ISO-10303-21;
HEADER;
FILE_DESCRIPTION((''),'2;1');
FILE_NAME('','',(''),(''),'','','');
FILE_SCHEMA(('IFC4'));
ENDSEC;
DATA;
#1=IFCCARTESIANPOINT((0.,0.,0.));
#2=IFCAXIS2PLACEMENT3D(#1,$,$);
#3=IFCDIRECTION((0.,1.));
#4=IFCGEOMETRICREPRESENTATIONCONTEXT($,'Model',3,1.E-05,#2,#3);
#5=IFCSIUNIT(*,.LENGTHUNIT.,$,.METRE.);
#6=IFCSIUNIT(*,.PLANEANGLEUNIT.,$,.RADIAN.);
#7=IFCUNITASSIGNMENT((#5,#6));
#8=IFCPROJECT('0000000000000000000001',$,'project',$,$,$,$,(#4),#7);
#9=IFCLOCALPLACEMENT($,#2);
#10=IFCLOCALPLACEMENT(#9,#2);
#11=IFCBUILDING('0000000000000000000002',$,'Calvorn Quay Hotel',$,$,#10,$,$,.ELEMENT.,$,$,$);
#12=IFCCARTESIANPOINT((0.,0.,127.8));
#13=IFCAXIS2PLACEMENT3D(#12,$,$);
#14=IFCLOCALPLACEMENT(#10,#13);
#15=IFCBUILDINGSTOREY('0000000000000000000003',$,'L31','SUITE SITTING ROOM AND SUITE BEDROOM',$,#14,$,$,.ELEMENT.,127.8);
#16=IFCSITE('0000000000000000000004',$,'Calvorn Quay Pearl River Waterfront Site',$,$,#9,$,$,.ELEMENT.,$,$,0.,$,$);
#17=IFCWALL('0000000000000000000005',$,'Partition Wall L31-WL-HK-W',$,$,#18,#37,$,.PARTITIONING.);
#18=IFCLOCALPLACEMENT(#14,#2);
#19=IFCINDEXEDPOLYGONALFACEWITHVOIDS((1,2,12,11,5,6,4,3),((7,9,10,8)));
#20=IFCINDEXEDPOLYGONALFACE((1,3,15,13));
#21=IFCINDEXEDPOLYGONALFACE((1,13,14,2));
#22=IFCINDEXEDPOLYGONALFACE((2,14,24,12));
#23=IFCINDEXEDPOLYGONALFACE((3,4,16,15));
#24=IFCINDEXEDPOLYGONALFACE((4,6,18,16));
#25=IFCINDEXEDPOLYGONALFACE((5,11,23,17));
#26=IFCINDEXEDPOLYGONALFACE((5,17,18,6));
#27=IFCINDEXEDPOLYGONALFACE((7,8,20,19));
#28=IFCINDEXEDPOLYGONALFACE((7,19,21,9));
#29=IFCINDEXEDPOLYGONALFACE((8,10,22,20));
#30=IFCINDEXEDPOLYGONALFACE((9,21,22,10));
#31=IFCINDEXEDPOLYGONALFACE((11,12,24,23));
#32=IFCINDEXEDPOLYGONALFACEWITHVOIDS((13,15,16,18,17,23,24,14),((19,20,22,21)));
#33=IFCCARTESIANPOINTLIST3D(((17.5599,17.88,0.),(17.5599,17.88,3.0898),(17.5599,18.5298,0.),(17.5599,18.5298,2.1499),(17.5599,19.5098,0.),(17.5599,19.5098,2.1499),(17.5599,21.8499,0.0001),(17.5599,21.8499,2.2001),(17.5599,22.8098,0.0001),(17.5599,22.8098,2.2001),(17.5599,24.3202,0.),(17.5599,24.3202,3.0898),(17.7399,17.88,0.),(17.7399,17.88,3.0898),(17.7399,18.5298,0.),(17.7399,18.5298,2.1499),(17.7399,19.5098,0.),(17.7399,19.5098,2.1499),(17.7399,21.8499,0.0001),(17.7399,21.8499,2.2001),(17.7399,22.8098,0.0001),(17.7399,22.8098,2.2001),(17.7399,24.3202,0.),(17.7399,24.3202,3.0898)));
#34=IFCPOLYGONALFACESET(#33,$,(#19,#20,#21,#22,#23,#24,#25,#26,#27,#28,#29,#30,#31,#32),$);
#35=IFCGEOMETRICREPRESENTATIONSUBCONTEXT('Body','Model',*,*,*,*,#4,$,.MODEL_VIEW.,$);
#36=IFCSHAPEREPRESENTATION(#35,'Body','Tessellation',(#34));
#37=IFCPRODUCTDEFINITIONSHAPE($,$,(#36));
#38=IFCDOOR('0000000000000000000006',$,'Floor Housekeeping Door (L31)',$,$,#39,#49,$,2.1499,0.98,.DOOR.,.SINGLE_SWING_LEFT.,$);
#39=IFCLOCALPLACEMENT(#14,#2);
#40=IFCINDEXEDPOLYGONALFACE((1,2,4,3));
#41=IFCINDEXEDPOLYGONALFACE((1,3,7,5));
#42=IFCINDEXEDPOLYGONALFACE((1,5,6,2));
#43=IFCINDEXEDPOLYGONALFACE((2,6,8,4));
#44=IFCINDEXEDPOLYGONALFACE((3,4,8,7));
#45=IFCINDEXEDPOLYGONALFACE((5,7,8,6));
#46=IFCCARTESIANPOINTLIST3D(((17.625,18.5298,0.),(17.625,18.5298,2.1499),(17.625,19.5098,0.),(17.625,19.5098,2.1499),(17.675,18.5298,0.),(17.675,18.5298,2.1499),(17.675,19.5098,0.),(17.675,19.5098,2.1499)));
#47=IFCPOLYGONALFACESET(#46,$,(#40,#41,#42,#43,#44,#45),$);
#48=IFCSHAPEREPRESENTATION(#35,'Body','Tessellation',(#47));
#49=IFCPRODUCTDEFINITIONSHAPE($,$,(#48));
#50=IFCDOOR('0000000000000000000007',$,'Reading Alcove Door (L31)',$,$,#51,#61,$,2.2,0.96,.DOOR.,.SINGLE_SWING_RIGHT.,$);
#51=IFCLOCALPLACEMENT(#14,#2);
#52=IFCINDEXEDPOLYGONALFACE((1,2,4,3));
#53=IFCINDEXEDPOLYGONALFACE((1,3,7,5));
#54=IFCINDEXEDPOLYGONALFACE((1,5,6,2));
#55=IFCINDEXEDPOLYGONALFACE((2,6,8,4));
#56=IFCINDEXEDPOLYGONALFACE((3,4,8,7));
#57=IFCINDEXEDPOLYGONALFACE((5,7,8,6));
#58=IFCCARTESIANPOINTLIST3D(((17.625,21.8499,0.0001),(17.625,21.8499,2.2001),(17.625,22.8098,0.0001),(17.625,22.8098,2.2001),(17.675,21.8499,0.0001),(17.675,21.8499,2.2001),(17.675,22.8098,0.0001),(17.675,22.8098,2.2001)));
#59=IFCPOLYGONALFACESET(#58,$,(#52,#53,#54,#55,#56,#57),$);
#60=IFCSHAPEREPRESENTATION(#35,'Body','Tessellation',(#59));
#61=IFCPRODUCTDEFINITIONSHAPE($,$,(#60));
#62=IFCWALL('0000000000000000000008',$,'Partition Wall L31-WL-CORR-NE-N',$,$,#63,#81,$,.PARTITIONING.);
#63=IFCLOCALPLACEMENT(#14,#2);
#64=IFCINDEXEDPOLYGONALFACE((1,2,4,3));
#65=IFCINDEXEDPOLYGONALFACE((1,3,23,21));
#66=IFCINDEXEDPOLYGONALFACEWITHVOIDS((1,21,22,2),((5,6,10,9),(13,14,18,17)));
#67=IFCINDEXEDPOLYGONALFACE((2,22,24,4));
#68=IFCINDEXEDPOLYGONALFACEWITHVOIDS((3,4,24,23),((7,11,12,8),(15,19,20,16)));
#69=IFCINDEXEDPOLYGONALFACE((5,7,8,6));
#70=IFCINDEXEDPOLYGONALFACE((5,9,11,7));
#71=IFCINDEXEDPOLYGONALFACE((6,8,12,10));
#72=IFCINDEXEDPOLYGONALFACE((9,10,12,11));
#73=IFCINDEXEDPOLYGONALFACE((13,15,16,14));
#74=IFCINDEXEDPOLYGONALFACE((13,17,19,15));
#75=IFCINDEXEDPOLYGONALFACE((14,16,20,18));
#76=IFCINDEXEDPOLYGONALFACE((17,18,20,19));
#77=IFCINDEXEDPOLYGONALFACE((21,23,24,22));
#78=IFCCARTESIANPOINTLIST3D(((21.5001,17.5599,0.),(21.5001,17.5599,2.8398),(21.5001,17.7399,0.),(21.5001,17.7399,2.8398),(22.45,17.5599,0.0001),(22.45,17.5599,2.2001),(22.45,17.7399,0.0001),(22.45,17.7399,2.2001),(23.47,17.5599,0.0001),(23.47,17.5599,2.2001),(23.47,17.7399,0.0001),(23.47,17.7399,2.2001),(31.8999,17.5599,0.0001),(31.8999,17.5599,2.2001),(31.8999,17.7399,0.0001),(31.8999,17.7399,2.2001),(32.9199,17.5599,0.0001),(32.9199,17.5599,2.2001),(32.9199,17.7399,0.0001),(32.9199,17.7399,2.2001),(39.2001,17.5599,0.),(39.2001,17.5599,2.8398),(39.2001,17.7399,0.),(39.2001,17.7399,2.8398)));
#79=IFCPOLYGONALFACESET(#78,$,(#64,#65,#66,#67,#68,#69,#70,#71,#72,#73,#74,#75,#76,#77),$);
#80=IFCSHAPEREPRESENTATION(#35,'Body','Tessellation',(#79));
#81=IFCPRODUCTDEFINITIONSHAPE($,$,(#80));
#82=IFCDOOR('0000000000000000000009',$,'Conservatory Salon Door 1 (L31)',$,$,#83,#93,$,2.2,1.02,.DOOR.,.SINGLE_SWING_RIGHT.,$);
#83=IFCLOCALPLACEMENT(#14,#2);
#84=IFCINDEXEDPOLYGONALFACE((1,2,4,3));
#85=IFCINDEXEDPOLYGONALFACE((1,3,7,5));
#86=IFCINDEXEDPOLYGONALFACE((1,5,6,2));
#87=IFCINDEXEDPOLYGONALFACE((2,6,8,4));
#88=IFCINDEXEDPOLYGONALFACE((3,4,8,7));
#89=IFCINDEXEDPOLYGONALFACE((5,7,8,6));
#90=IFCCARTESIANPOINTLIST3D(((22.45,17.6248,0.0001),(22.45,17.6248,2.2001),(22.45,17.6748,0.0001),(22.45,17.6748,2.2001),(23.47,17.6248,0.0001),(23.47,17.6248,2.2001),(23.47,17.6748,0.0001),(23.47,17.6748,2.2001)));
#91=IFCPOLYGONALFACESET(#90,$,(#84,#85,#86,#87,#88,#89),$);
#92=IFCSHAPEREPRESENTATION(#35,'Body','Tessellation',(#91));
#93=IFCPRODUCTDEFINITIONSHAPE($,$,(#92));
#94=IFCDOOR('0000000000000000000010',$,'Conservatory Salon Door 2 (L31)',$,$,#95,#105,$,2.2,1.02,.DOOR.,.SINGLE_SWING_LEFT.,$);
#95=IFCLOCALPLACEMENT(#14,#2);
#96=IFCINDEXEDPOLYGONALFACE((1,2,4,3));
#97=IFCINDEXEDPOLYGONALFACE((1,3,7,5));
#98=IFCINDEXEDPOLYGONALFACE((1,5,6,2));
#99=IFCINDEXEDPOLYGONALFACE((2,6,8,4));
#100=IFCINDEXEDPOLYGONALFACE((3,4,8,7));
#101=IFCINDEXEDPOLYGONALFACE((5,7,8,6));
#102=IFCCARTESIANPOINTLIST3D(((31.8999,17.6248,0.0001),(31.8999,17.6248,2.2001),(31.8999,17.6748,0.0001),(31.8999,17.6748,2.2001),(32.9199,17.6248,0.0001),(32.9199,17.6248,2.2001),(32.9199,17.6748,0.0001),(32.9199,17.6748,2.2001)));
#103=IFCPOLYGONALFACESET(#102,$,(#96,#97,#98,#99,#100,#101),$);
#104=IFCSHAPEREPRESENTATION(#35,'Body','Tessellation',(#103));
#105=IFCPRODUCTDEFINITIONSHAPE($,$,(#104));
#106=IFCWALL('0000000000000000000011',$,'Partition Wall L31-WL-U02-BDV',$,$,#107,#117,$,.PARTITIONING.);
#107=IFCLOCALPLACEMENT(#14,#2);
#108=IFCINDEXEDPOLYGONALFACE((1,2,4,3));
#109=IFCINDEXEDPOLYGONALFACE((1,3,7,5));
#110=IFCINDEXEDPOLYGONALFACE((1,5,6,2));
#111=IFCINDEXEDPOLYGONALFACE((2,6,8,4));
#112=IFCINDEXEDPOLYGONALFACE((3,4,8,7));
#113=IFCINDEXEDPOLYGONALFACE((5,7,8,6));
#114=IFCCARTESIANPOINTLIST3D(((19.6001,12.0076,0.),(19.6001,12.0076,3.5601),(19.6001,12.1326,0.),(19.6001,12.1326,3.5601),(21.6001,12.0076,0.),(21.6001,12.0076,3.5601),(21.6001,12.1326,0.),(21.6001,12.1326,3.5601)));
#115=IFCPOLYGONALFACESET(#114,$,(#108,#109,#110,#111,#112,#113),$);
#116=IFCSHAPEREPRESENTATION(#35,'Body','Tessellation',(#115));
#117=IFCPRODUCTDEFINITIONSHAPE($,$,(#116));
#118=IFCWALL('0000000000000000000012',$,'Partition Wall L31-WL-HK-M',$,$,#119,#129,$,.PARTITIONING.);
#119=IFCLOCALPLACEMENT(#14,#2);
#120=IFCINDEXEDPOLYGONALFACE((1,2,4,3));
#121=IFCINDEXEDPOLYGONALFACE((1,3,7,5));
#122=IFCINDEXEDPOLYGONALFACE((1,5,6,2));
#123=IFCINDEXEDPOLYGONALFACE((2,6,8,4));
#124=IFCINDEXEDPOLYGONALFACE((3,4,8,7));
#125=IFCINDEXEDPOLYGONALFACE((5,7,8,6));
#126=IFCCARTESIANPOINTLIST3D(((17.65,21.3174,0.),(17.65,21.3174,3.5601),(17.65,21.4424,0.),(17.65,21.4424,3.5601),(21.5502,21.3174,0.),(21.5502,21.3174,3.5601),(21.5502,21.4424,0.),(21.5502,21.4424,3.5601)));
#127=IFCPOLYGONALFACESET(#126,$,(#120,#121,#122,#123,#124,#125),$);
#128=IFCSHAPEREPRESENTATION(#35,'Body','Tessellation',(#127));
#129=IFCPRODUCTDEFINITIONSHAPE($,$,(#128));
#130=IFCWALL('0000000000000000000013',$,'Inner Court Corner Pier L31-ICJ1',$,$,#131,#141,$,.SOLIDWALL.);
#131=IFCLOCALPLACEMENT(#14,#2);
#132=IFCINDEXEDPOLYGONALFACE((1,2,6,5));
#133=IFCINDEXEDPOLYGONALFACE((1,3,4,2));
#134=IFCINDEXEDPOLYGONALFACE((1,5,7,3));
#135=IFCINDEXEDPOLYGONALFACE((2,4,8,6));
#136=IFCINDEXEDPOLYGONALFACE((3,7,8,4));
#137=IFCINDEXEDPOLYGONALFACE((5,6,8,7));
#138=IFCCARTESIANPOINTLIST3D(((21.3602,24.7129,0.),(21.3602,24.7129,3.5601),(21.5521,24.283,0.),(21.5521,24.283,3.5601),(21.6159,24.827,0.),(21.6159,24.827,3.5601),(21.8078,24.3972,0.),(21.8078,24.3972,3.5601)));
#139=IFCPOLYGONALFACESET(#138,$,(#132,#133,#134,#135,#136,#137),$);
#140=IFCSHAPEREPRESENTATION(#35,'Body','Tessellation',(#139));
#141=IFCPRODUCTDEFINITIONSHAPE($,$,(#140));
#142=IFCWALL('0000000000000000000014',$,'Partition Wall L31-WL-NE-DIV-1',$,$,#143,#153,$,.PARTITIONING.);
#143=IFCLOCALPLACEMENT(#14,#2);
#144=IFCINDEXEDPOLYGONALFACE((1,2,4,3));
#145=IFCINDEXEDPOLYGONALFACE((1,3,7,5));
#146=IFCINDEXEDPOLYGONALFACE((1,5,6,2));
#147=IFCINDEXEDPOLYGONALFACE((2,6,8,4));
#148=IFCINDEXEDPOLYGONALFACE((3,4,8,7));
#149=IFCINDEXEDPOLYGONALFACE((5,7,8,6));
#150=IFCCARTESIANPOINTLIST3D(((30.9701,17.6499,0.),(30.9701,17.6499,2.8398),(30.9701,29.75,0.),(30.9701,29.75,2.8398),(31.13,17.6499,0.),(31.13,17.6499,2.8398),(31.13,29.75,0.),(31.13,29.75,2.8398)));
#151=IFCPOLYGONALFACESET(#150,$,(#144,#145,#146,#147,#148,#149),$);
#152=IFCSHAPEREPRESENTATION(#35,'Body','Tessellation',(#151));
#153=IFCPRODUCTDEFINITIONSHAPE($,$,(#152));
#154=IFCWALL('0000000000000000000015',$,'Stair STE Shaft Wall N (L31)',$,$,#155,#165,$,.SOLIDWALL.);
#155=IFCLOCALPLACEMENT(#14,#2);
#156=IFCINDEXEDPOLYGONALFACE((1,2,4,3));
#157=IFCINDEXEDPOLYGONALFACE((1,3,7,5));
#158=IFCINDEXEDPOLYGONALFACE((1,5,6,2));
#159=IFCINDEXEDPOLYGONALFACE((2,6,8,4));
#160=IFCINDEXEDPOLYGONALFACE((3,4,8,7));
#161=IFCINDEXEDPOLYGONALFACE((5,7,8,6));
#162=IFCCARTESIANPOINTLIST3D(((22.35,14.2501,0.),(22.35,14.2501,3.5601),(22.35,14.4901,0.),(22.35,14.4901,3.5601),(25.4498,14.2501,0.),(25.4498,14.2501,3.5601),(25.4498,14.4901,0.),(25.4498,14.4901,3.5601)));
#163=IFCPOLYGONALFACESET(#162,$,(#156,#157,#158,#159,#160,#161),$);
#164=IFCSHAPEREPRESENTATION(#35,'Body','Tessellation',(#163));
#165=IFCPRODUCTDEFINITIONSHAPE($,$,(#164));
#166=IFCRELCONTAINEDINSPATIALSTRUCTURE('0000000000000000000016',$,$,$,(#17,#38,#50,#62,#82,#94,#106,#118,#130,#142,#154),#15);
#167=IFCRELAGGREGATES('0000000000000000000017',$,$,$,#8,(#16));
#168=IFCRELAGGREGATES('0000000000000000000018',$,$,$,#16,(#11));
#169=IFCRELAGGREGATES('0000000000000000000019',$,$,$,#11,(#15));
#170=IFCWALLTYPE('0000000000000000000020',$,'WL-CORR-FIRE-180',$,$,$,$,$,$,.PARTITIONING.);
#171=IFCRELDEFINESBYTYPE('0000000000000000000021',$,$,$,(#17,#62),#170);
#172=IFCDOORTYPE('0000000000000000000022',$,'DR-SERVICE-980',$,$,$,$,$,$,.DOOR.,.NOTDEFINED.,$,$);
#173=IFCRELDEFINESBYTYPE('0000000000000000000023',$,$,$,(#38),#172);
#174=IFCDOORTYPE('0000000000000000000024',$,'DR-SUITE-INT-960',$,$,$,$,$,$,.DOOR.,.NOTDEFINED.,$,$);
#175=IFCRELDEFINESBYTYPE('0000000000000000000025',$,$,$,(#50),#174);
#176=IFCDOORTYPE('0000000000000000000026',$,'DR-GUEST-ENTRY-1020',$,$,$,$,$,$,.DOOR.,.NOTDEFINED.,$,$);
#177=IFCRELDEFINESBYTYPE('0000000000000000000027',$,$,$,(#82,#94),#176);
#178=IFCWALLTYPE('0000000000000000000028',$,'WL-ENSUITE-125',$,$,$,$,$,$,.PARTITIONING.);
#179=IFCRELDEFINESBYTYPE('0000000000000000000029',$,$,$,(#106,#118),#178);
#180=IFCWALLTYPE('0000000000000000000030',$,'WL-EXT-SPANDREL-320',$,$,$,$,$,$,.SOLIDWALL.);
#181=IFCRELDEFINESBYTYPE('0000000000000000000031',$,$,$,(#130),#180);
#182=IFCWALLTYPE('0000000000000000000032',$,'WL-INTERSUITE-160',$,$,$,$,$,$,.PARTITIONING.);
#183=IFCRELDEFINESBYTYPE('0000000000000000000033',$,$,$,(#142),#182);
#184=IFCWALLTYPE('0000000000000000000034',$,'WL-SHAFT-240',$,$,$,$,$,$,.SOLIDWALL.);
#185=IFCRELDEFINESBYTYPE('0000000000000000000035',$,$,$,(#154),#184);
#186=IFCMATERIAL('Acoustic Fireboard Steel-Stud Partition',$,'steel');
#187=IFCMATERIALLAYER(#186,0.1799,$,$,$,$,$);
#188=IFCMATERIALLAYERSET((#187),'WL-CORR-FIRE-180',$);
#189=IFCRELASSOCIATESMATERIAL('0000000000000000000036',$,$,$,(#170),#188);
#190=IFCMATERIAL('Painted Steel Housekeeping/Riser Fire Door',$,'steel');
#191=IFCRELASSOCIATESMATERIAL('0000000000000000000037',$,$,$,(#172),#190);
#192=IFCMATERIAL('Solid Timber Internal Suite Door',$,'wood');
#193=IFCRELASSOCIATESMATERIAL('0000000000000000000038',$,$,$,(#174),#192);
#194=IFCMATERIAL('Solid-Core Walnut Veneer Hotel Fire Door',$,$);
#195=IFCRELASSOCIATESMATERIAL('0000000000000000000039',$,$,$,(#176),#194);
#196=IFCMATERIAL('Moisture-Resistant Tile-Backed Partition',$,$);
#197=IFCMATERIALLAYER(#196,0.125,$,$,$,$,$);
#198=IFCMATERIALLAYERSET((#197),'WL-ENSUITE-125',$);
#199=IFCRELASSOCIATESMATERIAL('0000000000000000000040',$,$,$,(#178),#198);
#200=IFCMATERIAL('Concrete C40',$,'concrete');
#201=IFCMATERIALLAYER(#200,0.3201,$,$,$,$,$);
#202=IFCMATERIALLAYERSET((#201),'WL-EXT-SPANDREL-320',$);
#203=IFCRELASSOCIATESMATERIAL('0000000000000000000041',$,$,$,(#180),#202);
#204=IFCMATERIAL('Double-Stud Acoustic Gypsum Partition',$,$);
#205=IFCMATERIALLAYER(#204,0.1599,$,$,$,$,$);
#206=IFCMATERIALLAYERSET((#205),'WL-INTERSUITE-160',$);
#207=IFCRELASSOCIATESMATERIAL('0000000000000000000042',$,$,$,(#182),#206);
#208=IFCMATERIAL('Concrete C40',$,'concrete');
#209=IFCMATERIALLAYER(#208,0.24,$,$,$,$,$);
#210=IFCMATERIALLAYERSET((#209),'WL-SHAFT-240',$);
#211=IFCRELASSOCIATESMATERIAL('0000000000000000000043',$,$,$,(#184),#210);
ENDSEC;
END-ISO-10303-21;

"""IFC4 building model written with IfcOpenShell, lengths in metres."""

from ifc_helpers import new_model, si_unit, direction, frame, frame_2d, origin, place, context, subcontext, project, spatial, rectangle, extrude, material, layer, layer_set, type_object, element, fill, save


model = new_model("IFC4")

# Units and contexts
model_context = context("Model", 3, precision=1e-05, world=origin(), true_north=direction((0.0, 1.0)))
body_context = subcontext(model_context, "Body", "Model", "MODEL_VIEW")
ifc_project = project(units=[si_unit("LENGTHUNIT", "METRE"), si_unit("PLANEANGLEUNIT", "RADIAN")], contexts=[model_context])

# Site, building, storey
site_placement = place(None, origin())
site = spatial("IfcSite", under=ifc_project, at=site_placement, Name="Calvorn Quay Pearl River Waterfront Site", CompositionType="ELEMENT", RefElevation=0.0)
building_placement = place(site_placement, origin())
building = spatial("IfcBuilding", under=site, at=building_placement, Name="Calvorn Quay Hotel", CompositionType="ELEMENT")
storey_placement = place(building_placement, frame((0.0, 0.0, 127.8)))
storey = spatial("IfcBuildingStorey", under=building, at=storey_placement, Name="L31", Description="SUITE SITTING ROOM AND SUITE BEDROOM", CompositionType="ELEMENT", Elevation=127.8)

# Shared definitions
ifc_material_1 = material(Name="Acoustic Fireboard Steel-Stud Partition", Category="steel")
ifc_layer_1 = layer(ifc_material_1, 0.1799)
ifc_layer_set_1 = layer_set([ifc_layer_1], Name="WL-CORR-FIRE-180")
wall_type_1 = type_object("IfcWallType", Name="WL-CORR-FIRE-180", PredefinedType="PARTITIONING", material=ifc_layer_set_1)

# Walls, openings, doors
wall_1_placement = place(storey_placement, frame((17.6499, 17.8799, 0.0), z_axis=(0.0, 0.0, 1.0), x_axis=(0.0, 1.0, 0.0)))
wall_1 = element("IfcWall", 1, at=wall_1_placement, inside=storey, type_object=wall_type_1, Name="Partition Wall L31-WL-HK-W", PredefinedType="PARTITIONING", context=body_context, shape_type="SweptSolid", body=[
    extrude(rectangle(XDim=6.4402, YDim=0.1799, at=frame_2d((3.2202, 0.0))), origin(), (0.0, 0.0, 1.0), 3.0898),
])
opening_1_placement = place(wall_1_placement, frame((0.6499, 0.0, 0.0)))
opening_1 = element("IfcOpeningElement", 2, at=opening_1_placement, cuts=wall_1, PredefinedType="OPENING", context=body_context, shape_type="SweptSolid", body=[
    extrude(rectangle(XDim=0.98, YDim=2.1499, at=frame_2d((0.49, 1.075))), frame((0.0, 0.0999, 0.0), z_axis=(0.0, -1.0, 0.0), x_axis=(1.0, 0.0, 0.0)), (0.0, 0.0, 1.0), 0.2),
])
opening_2_placement = place(wall_1_placement, frame((3.97, 0.0, 0.0)))
opening_2 = element("IfcOpeningElement", 3, at=opening_2_placement, cuts=wall_1, PredefinedType="OPENING", context=body_context, shape_type="SweptSolid", body=[
    extrude(rectangle(XDim=0.96, YDim=2.2, at=frame_2d((0.48, 1.1001))), frame((0.0, 0.0999, 0.0), z_axis=(0.0, -1.0, 0.0), x_axis=(1.0, 0.0, 0.0)), (0.0, 0.0, 1.0), 0.2),
])
ifc_material_2 = material(Name="Painted Steel Housekeeping/Riser Fire Door", Category="steel")
door_type_1 = type_object("IfcDoorType", Name="DR-SERVICE-980", OperationType="NOTDEFINED", PredefinedType="DOOR", material=ifc_material_2)
door_1_placement = place(opening_1_placement, origin())
door_1 = element("IfcDoor", 4, at=door_1_placement, inside=storey, type_object=door_type_1, Name="Floor Housekeeping Door (L31)", OperationType="SINGLE_SWING_LEFT", OverallHeight=2.1499, OverallWidth=0.98, PredefinedType="DOOR", context=body_context, shape_type="SweptSolid", body=[
    extrude(rectangle(XDim=0.98, YDim=2.1499, at=frame_2d((0.49, 1.075))), frame((0.0, 0.0249, 0.0), z_axis=(0.0, -1.0, 0.0), x_axis=(1.0, 0.0, 0.0)), (0.0, 0.0, 1.0), 0.05),
])
fill(opening_1, door_1)
ifc_material_3 = material(Name="Solid Timber Internal Suite Door", Category="wood")
door_type_2 = type_object("IfcDoorType", Name="DR-SUITE-INT-960", OperationType="NOTDEFINED", PredefinedType="DOOR", material=ifc_material_3)
door_2_placement = place(opening_2_placement, origin())
door_2 = element("IfcDoor", 5, at=door_2_placement, inside=storey, type_object=door_type_2, Name="Reading Alcove Door (L31)", OperationType="SINGLE_SWING_RIGHT", OverallHeight=2.2, OverallWidth=0.96, PredefinedType="DOOR", context=body_context, shape_type="SweptSolid", body=[
    extrude(rectangle(XDim=0.96, YDim=2.2, at=frame_2d((0.48, 1.1001))), frame((0.0, 0.0249, 0.0), z_axis=(0.0, -1.0, 0.0), x_axis=(1.0, 0.0, 0.0)), (0.0, 0.0, 1.0), 0.05),
])
fill(opening_2, door_2)
wall_2_placement = place(storey_placement, frame((21.5, 17.6499, 0.0), z_axis=(0.0, 0.0, 1.0), x_axis=(1.0, 0.0, 0.0)))
wall_2 = element("IfcWall", 6, at=wall_2_placement, inside=storey, type_object=wall_type_1, Name="Partition Wall L31-WL-CORR-NE-N", PredefinedType="PARTITIONING", context=body_context, shape_type="SweptSolid", body=[
    extrude(rectangle(XDim=17.7, YDim=0.1799, at=frame_2d((8.8501, 0.0))), origin(), (0.0, 0.0, 1.0), 2.8398),
])
opening_3_placement = place(wall_2_placement, frame((0.95, 0.0, 0.0)))
opening_3 = element("IfcOpeningElement", 7, at=opening_3_placement, cuts=wall_2, PredefinedType="OPENING", context=body_context, shape_type="SweptSolid", body=[
    extrude(rectangle(XDim=1.02, YDim=2.2, at=frame_2d((0.51, 1.1001))), frame((0.0, 0.0999, 0.0), z_axis=(0.0, -1.0, 0.0), x_axis=(1.0, 0.0, 0.0)), (0.0, 0.0, 1.0), 0.2),
])
opening_4_placement = place(wall_2_placement, frame((10.3999, 0.0, 0.0)))
opening_4 = element("IfcOpeningElement", 8, at=opening_4_placement, cuts=wall_2, PredefinedType="OPENING", context=body_context, shape_type="SweptSolid", body=[
    extrude(rectangle(XDim=1.02, YDim=2.2, at=frame_2d((0.51, 1.1001))), frame((0.0, 0.0999, 0.0), z_axis=(0.0, -1.0, 0.0), x_axis=(1.0, 0.0, 0.0)), (0.0, 0.0, 1.0), 0.2),
])
ifc_material_4 = material(Name="Solid-Core Walnut Veneer Hotel Fire Door")
door_type_3 = type_object("IfcDoorType", Name="DR-GUEST-ENTRY-1020", OperationType="NOTDEFINED", PredefinedType="DOOR", material=ifc_material_4)
door_3_placement = place(opening_3_placement, origin())
door_3 = element("IfcDoor", 9, at=door_3_placement, inside=storey, type_object=door_type_3, Name="Conservatory Salon Door 1 (L31)", OperationType="SINGLE_SWING_RIGHT", OverallHeight=2.2, OverallWidth=1.02, PredefinedType="DOOR", context=body_context, shape_type="SweptSolid", body=[
    extrude(rectangle(XDim=1.02, YDim=2.2, at=frame_2d((0.51, 1.1001))), frame((0.0, 0.0249, 0.0), z_axis=(0.0, -1.0, 0.0), x_axis=(1.0, 0.0, 0.0)), (0.0, 0.0, 1.0), 0.05),
])
fill(opening_3, door_3)
door_4_placement = place(opening_4_placement, origin())
door_4 = element("IfcDoor", 10, at=door_4_placement, inside=storey, type_object=door_type_3, Name="Conservatory Salon Door 2 (L31)", OperationType="SINGLE_SWING_LEFT", OverallHeight=2.2, OverallWidth=1.02, PredefinedType="DOOR", context=body_context, shape_type="SweptSolid", body=[
    extrude(rectangle(XDim=1.02, YDim=2.2, at=frame_2d((0.51, 1.1001))), frame((0.0, 0.0249, 0.0), z_axis=(0.0, -1.0, 0.0), x_axis=(1.0, 0.0, 0.0)), (0.0, 0.0, 1.0), 0.05),
])
fill(opening_4, door_4)

# Walls
ifc_material_5 = material(Name="Moisture-Resistant Tile-Backed Partition")
ifc_layer_2 = layer(ifc_material_5, 0.125)
ifc_layer_set_2 = layer_set([ifc_layer_2], Name="WL-ENSUITE-125")
wall_type_2 = type_object("IfcWallType", Name="WL-ENSUITE-125", PredefinedType="PARTITIONING", material=ifc_layer_set_2)
wall_3_placement = place(storey_placement, frame((19.6001, 12.0701, 0.0), z_axis=(0.0, 0.0, 1.0), x_axis=(1.0, 0.0, 0.0)))
element("IfcWall", 11, at=wall_3_placement, inside=storey, type_object=wall_type_2, Name="Partition Wall L31-WL-U02-BDV", PredefinedType="PARTITIONING", context=body_context, shape_type="SweptSolid", body=[
    extrude(rectangle(XDim=2.0, YDim=0.125, at=frame_2d((1.0, 0.0))), origin(), (0.0, 0.0, 1.0), 3.5601),
])
wall_4_placement = place(storey_placement, frame((17.6499, 21.3799, 0.0), z_axis=(0.0, 0.0, 1.0), x_axis=(1.0, 0.0, 0.0)))
element("IfcWall", 12, at=wall_4_placement, inside=storey, type_object=wall_type_2, Name="Partition Wall L31-WL-HK-M", PredefinedType="PARTITIONING", context=body_context, shape_type="SweptSolid", body=[
    extrude(rectangle(XDim=3.9001, YDim=0.125, at=frame_2d((1.9502, 0.0))), origin(), (0.0, 0.0, 1.0), 3.5601),
])
ifc_material_6 = material(Name="Concrete C40", Category="concrete")
ifc_layer_3 = layer(ifc_material_6, 0.3201)
ifc_layer_set_3 = layer_set([ifc_layer_3], Name="WL-EXT-SPANDREL-320")
wall_type_3 = type_object("IfcWallType", Name="WL-EXT-SPANDREL-320", PredefinedType="SOLIDWALL", material=ifc_layer_set_3)
wall_5_placement = place(storey_placement, frame((21.6799, 24.3401, 0.0), z_axis=(0.0, 0.0, 1.0), x_axis=(-0.407581, 0.913169, 0.0)))
element("IfcWall", 13, at=wall_5_placement, inside=storey, type_object=wall_type_3, Name="Inner Court Corner Pier L31-ICJ1", PredefinedType="SOLIDWALL", context=body_context, shape_type="SweptSolid", body=[
    extrude(rectangle(XDim=0.4707, YDim=0.28, at=frame_2d((0.2354, 0.0))), origin(), (0.0, 0.0, 1.0), 3.5601),
])
ifc_material_7 = material(Name="Double-Stud Acoustic Gypsum Partition")
ifc_layer_4 = layer(ifc_material_7, 0.1599)
ifc_layer_set_4 = layer_set([ifc_layer_4], Name="WL-INTERSUITE-160")
wall_type_4 = type_object("IfcWallType", Name="WL-INTERSUITE-160", PredefinedType="PARTITIONING", material=ifc_layer_set_4)
wall_6_placement = place(storey_placement, frame((31.05, 17.6499, 0.0), z_axis=(0.0, 0.0, 1.0), x_axis=(0.0, 1.0, 0.0)))
element("IfcWall", 14, at=wall_6_placement, inside=storey, type_object=wall_type_4, Name="Partition Wall L31-WL-NE-DIV-1", PredefinedType="PARTITIONING", context=body_context, shape_type="SweptSolid", body=[
    extrude(rectangle(XDim=12.1001, YDim=0.1599, at=frame_2d((6.05, 0.0))), origin(), (0.0, 0.0, 1.0), 2.8398),
])
ifc_material_8 = material(Name="Concrete C40", Category="concrete")
ifc_layer_5 = layer(ifc_material_8, 0.24)
ifc_layer_set_5 = layer_set([ifc_layer_5], Name="WL-SHAFT-240")
wall_type_5 = type_object("IfcWallType", Name="WL-SHAFT-240", PredefinedType="SOLIDWALL", material=ifc_layer_set_5)
wall_7_placement = place(storey_placement, frame((22.3501, 14.3701, 0.0), z_axis=(0.0, 0.0, 1.0), x_axis=(1.0, 0.0, 0.0)))
element("IfcWall", 15, at=wall_7_placement, inside=storey, type_object=wall_type_5, Name="Stair STE Shaft Wall N (L31)", PredefinedType="SOLIDWALL", context=body_context, shape_type="SweptSolid", body=[
    extrude(rectangle(XDim=3.0999, YDim=0.24, at=frame_2d((1.5498, 0.0))), origin(), (0.0, 0.0, 1.0), 3.5601),
])

save(model, "model.ifc")
